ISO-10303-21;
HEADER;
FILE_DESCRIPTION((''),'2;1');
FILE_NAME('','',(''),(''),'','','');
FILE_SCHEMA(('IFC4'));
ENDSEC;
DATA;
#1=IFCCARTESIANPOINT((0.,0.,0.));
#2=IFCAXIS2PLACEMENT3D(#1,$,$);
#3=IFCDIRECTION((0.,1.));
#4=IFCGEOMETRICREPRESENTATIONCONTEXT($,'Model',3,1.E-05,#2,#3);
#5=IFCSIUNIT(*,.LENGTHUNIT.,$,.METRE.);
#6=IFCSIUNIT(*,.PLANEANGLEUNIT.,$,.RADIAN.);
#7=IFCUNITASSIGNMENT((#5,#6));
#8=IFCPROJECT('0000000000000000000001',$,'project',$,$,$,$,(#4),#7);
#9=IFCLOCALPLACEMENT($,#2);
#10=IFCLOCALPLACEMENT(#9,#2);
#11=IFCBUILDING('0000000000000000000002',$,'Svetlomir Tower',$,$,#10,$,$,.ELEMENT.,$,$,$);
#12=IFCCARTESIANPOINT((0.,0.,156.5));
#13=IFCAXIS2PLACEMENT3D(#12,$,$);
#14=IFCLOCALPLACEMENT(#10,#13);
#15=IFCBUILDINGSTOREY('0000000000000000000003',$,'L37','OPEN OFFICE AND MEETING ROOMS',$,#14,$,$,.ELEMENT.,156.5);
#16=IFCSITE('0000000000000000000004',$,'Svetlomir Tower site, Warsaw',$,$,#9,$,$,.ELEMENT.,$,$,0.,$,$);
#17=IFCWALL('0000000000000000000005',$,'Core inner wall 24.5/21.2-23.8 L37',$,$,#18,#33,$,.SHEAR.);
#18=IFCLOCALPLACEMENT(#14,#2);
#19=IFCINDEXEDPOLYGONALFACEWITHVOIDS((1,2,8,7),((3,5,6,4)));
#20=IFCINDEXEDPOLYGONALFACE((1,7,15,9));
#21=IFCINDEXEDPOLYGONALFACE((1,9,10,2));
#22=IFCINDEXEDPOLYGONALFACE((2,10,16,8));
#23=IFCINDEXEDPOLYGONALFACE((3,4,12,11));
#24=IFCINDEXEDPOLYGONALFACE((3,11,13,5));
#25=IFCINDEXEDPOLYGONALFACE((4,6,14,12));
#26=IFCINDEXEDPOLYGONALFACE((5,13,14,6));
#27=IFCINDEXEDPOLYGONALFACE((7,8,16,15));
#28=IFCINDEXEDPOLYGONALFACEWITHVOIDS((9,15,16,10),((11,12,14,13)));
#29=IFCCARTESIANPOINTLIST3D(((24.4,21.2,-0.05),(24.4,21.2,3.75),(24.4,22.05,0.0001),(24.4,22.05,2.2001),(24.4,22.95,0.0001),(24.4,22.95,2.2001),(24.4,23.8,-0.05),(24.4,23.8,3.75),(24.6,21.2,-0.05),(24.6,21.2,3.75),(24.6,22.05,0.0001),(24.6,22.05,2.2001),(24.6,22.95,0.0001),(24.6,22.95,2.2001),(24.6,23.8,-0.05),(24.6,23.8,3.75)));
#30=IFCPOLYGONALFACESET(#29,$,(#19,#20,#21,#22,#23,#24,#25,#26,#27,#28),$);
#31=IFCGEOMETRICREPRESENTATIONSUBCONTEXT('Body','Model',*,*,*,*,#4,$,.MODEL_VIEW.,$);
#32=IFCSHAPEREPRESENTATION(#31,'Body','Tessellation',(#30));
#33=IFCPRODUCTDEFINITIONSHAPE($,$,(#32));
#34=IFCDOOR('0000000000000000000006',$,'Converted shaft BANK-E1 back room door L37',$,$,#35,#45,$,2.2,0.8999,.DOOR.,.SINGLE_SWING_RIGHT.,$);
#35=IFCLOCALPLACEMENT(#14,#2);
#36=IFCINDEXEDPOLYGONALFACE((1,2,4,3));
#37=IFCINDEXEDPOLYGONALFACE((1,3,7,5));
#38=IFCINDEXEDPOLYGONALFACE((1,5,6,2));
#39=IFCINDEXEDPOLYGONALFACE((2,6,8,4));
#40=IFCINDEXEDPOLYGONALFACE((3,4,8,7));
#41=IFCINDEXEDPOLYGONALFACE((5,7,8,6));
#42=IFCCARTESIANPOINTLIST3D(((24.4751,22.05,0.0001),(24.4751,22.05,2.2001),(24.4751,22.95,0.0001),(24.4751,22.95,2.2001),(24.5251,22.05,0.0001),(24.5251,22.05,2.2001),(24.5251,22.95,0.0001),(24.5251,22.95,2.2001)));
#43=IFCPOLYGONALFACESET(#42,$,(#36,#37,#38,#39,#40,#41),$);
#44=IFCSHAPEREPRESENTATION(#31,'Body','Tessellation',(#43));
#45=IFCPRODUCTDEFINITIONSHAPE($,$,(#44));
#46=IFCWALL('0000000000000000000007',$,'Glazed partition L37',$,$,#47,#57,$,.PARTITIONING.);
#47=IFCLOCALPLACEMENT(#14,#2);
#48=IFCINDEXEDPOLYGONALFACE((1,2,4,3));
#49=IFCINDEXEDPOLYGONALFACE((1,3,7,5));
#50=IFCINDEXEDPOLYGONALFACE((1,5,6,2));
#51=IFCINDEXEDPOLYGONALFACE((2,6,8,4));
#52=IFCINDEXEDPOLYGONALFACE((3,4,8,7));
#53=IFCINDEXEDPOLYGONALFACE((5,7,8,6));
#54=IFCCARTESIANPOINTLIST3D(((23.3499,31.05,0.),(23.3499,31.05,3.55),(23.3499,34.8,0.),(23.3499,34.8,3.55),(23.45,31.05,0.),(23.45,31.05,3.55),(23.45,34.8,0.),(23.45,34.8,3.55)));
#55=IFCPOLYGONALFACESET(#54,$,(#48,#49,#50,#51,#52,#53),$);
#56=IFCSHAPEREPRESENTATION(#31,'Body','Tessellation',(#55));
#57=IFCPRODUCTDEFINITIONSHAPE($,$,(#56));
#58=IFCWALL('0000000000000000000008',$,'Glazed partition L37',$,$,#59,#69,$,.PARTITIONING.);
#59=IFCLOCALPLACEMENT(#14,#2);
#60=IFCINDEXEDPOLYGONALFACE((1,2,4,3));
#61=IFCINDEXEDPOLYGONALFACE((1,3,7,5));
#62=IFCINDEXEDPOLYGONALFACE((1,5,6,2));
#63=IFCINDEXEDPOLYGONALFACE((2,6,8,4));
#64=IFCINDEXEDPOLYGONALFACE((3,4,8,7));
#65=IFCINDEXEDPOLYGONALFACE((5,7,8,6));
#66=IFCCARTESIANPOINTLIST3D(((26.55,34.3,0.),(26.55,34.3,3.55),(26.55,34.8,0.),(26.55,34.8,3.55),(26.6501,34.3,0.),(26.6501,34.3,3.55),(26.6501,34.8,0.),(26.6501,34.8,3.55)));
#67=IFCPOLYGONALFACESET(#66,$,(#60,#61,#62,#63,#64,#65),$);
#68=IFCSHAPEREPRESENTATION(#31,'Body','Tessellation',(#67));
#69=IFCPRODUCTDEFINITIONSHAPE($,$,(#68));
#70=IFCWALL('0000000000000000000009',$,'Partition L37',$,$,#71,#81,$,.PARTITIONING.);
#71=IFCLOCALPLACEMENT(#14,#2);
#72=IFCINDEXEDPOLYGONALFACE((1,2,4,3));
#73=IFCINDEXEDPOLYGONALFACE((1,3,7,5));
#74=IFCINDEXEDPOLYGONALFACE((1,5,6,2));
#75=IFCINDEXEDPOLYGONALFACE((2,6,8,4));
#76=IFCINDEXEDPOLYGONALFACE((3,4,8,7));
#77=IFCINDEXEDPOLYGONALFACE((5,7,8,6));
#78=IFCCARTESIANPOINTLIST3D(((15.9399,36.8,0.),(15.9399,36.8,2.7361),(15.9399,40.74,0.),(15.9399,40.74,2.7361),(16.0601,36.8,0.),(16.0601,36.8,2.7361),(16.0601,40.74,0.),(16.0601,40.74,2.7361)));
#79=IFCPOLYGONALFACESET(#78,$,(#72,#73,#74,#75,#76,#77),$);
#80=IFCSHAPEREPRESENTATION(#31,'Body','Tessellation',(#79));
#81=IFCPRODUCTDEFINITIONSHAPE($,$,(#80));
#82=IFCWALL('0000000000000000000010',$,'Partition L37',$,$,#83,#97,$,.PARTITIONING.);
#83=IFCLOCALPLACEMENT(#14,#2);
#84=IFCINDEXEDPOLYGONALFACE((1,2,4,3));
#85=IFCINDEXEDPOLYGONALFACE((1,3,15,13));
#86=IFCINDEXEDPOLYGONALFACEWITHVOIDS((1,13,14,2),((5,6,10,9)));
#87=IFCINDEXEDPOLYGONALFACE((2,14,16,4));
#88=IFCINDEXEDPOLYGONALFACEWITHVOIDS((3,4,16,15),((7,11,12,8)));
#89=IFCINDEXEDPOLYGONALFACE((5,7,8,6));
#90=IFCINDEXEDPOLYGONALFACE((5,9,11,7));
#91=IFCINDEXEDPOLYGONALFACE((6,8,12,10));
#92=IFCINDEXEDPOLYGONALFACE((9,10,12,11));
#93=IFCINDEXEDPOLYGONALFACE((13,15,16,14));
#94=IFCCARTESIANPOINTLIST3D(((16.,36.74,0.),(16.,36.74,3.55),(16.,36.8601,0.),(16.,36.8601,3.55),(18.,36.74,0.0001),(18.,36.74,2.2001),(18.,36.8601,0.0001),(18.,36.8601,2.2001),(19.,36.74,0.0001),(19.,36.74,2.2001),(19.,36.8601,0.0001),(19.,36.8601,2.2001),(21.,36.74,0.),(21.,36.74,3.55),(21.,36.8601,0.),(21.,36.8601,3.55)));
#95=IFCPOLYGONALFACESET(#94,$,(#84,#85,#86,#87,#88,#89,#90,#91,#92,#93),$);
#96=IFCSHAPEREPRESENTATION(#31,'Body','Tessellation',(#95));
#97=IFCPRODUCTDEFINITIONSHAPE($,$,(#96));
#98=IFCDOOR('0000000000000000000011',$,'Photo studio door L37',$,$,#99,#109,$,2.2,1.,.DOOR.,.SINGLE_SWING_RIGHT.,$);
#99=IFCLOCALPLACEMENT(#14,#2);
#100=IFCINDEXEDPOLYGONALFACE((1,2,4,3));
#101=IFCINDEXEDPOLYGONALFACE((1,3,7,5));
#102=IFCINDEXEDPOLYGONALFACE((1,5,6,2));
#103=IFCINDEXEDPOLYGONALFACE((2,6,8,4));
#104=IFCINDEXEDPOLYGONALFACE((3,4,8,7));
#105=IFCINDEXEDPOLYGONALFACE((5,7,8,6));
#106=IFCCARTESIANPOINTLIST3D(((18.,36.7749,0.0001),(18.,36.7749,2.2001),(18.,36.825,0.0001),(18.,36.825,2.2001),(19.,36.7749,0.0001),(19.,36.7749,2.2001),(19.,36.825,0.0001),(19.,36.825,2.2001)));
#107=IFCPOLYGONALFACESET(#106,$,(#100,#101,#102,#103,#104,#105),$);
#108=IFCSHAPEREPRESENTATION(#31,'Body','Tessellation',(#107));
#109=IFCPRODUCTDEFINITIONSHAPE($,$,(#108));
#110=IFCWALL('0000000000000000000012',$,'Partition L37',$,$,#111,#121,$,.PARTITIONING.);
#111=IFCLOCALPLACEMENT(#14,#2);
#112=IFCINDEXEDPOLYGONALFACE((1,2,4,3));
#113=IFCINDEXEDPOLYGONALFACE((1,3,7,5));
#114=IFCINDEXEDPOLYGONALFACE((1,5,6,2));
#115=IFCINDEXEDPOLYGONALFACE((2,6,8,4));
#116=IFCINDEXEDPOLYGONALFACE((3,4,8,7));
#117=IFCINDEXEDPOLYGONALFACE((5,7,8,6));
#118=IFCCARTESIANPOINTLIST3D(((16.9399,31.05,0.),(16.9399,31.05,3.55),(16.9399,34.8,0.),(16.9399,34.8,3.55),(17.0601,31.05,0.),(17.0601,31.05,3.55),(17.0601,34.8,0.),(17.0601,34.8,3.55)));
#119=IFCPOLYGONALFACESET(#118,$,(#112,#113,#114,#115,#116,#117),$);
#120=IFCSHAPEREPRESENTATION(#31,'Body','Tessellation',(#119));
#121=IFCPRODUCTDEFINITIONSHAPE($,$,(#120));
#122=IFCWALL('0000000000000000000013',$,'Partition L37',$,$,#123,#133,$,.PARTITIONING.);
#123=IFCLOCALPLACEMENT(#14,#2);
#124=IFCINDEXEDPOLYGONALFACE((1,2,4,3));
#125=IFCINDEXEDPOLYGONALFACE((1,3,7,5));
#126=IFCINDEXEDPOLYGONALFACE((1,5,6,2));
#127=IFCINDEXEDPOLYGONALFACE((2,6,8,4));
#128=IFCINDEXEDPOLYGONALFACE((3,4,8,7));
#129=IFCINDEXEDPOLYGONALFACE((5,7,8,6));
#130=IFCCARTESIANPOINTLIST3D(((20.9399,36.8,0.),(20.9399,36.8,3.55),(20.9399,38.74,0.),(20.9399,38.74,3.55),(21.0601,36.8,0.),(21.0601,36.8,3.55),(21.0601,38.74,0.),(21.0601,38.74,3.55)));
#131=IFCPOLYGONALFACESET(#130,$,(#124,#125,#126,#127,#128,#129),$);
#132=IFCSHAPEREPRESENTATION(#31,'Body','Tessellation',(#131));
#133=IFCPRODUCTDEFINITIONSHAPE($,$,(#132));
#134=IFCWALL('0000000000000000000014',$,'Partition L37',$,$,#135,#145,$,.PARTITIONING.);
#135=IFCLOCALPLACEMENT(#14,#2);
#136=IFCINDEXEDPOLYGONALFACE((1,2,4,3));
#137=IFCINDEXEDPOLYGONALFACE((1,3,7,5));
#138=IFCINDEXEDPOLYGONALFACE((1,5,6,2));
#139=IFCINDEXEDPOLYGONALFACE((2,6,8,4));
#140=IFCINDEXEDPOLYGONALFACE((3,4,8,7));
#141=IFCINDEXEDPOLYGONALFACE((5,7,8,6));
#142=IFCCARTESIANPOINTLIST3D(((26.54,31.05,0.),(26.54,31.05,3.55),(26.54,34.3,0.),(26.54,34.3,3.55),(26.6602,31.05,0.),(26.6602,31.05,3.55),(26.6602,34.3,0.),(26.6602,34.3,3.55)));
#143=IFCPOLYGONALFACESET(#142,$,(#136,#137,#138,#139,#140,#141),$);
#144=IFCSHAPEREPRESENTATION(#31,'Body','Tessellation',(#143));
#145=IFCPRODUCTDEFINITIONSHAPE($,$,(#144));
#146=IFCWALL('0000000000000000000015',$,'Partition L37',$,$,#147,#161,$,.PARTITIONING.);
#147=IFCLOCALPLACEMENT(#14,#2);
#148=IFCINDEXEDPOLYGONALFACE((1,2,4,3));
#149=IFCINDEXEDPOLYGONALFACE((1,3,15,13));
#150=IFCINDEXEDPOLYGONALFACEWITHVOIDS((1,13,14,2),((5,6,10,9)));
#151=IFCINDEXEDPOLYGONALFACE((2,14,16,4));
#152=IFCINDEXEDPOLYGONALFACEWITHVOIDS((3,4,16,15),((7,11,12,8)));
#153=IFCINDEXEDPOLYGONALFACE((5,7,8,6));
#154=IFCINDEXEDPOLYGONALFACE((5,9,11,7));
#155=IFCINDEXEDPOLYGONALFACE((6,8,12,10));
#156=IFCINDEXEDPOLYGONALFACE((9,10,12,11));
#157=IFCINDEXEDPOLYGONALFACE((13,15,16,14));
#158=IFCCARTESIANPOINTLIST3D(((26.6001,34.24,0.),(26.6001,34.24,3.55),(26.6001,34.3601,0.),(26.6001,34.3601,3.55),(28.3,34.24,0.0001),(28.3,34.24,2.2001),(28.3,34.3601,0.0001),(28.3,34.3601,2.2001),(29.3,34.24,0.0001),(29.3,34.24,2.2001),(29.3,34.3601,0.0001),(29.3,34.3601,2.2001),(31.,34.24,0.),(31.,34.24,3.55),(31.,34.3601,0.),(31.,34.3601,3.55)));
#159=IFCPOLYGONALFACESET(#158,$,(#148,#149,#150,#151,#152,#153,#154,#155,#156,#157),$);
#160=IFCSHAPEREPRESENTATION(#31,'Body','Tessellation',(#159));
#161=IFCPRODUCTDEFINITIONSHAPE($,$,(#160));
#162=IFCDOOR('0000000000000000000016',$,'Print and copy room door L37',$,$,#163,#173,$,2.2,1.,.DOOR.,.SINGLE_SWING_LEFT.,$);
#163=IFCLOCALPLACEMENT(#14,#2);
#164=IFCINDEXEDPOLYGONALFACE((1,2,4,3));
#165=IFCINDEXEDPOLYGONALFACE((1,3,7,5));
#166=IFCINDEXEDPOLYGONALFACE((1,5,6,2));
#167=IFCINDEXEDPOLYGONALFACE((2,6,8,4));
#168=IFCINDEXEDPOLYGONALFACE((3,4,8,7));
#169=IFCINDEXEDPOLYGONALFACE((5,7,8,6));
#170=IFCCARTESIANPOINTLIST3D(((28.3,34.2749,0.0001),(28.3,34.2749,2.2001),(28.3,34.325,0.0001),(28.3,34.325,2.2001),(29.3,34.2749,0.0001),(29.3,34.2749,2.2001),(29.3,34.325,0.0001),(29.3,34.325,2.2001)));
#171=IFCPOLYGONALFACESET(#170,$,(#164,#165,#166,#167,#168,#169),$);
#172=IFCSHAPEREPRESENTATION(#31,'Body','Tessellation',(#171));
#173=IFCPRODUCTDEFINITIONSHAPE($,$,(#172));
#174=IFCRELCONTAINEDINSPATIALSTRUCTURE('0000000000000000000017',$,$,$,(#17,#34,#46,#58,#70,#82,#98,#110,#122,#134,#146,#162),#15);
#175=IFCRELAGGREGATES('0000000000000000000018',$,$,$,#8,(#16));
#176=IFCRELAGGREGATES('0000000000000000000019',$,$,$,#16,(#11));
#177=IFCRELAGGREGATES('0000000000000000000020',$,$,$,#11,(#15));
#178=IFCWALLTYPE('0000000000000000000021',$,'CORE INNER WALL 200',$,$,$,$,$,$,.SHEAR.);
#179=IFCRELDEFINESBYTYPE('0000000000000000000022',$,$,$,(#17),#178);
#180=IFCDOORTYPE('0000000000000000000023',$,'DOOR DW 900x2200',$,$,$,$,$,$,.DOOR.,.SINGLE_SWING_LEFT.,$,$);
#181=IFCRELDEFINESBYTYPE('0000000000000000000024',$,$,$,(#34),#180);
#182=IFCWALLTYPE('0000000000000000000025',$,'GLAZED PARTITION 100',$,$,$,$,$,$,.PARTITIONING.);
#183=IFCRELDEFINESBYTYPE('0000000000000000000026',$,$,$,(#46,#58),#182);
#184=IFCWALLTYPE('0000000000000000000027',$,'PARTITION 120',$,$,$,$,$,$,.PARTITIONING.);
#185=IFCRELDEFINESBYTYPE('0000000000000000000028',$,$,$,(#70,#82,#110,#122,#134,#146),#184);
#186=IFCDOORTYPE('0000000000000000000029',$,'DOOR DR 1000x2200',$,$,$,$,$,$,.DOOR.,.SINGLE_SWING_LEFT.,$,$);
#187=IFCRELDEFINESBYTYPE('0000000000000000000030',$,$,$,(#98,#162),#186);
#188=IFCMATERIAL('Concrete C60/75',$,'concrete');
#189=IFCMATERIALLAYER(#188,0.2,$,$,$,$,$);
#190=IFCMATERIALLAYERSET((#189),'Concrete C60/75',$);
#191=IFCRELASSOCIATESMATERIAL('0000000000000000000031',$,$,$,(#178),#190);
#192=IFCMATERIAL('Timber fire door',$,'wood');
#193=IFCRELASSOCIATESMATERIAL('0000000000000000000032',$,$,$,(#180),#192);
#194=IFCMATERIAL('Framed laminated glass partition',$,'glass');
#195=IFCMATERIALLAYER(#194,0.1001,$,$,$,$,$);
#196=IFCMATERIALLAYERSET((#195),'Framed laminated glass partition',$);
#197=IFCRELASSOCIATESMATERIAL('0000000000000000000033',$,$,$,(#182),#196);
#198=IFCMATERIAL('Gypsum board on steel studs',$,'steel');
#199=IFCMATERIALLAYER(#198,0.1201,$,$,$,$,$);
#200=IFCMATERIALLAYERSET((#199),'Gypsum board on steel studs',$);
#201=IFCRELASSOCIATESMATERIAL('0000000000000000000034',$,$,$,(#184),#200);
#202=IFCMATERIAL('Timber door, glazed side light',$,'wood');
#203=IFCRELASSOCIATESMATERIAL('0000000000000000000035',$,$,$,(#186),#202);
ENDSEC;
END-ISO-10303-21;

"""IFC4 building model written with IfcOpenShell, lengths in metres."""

from ifc_helpers import new_model, si_unit, direction, frame, frame_2d, origin, place, context, subcontext, project, spatial, rectangle, extrude, material, layer, layer_set, type_object, element, fill, save


model = new_model("IFC4")

# Units and contexts
model_context = context("Model", 3, precision=1e-05, world=origin(), true_north=direction((0.0, 1.0)))
body_context = subcontext(model_context, "Body", "Model", "MODEL_VIEW")
ifc_project = project(units=[si_unit("LENGTHUNIT", "METRE"), si_unit("PLANEANGLEUNIT", "RADIAN")], contexts=[model_context])

# Site, building, storey
site_placement = place(None, origin())
site = spatial("IfcSite", under=ifc_project, at=site_placement, Name="Svetlomir Tower site, Warsaw", CompositionType="ELEMENT", RefElevation=0.0)
building_placement = place(site_placement, origin())
building = spatial("IfcBuilding", under=site, at=building_placement, Name="Svetlomir Tower", CompositionType="ELEMENT")
storey_placement = place(building_placement, frame((0.0, 0.0, 156.5)))
storey = spatial("IfcBuildingStorey", under=building, at=storey_placement, Name="L37", Description="OPEN OFFICE AND MEETING ROOMS", CompositionType="ELEMENT", Elevation=156.5)

# Shared definitions
ifc_material_1 = material(Name="Concrete C60/75", Category="concrete")
ifc_layer_1 = layer(ifc_material_1, 0.2)
ifc_layer_set_1 = layer_set([ifc_layer_1], Name="Concrete C60/75")
wall_type_1 = type_object("IfcWallType", Name="CORE INNER WALL 200", PredefinedType="SHEAR", material=ifc_layer_set_1)

# Wall, opening, door
wall_1_placement = place(storey_placement, frame((24.5, 21.2, -0.05), z_axis=(0.0, 0.0, 1.0), x_axis=(0.0, 1.0, 0.0)))
wall_1 = element("IfcWall", 1, at=wall_1_placement, inside=storey, type_object=wall_type_1, Name="Core inner wall 24.5/21.2-23.8 L37", PredefinedType="SHEAR", context=body_context, shape_type="SweptSolid", body=[
    extrude(rectangle(XDim=2.6001, YDim=0.2, at=frame_2d((1.3, 0.0))), origin(), (0.0, 0.0, 1.0), 3.8),
])
opening_1_placement = place(wall_1_placement, frame((0.8501, 0.0, 0.05)))
opening_1 = element("IfcOpeningElement", 2, at=opening_1_placement, cuts=wall_1, PredefinedType="OPENING", context=body_context, shape_type="SweptSolid", body=[
    extrude(rectangle(XDim=0.8999, YDim=2.2, at=frame_2d((0.45, 1.1001))), frame((0.0, 0.1099, 0.0), z_axis=(0.0, -1.0, 0.0), x_axis=(1.0, 0.0, 0.0)), (0.0, 0.0, 1.0), 0.22),
])
ifc_material_2 = material(Name="Timber fire door", Category="wood")
door_type_1 = type_object("IfcDoorType", Name="DOOR DW 900x2200", OperationType="SINGLE_SWING_LEFT", PredefinedType="DOOR", material=ifc_material_2)
door_1_placement = place(opening_1_placement, origin())
door_1 = element("IfcDoor", 3, at=door_1_placement, inside=storey, type_object=door_type_1, Name="Converted shaft BANK-E1 back room door L37", OperationType="SINGLE_SWING_RIGHT", OverallHeight=2.2, OverallWidth=0.8999, PredefinedType="DOOR", context=body_context, shape_type="SweptSolid", body=[
    extrude(rectangle(XDim=0.8999, YDim=2.2, at=frame_2d((0.45, 1.1001))), frame((0.0, 0.0249, 0.0), z_axis=(0.0, -1.0, 0.0), x_axis=(1.0, 0.0, 0.0)), (0.0, 0.0, 1.0), 0.05),
])
fill(opening_1, door_1)

# Wall
ifc_material_3 = material(Name="Framed laminated glass partition", Category="glass")
ifc_layer_2 = layer(ifc_material_3, 0.1001)
ifc_layer_set_2 = layer_set([ifc_layer_2], Name="Framed laminated glass partition")
wall_type_2 = type_object("IfcWallType", Name="GLAZED PARTITION 100", PredefinedType="PARTITIONING", material=ifc_layer_set_2)
wall_2_placement = place(storey_placement, frame((23.3999, 31.05, 0.0), z_axis=(0.0, 0.0, 1.0), x_axis=(0.0, 1.0, 0.0)))
element("IfcWall", 4, at=wall_2_placement, inside=storey, type_object=wall_type_2, Name="Glazed partition L37", PredefinedType="PARTITIONING", context=body_context, shape_type="SweptSolid", body=[
    extrude(rectangle(XDim=3.75, YDim=0.1001, at=frame_2d((1.875, 0.0))), origin(), (0.0, 0.0, 1.0), 3.55),
])

# Walls
wall_3_placement = place(storey_placement, frame((26.6001, 34.3, 0.0), z_axis=(0.0, 0.0, 1.0), x_axis=(0.0, 1.0, 0.0)))
element("IfcWall", 5, at=wall_3_placement, inside=storey, type_object=wall_type_2, Name="Glazed partition L37", PredefinedType="PARTITIONING", context=body_context, shape_type="SweptSolid", body=[
    extrude(rectangle(XDim=0.5, YDim=0.1001, at=frame_2d((0.25, 0.0))), origin(), (0.0, 0.0, 1.0), 3.55),
])
ifc_material_4 = material(Name="Gypsum board on steel studs", Category="steel")
ifc_layer_3 = layer(ifc_material_4, 0.1201)
ifc_layer_set_3 = layer_set([ifc_layer_3], Name="Gypsum board on steel studs")
wall_type_3 = type_object("IfcWallType", Name="PARTITION 120", PredefinedType="PARTITIONING", material=ifc_layer_set_3)
wall_4_placement = place(storey_placement, frame((16.0, 36.8, 0.0), z_axis=(0.0, 0.0, 1.0), x_axis=(0.0, 1.0, 0.0)))
element("IfcWall", 6, at=wall_4_placement, inside=storey, type_object=wall_type_3, Name="Partition L37", PredefinedType="PARTITIONING", context=body_context, shape_type="SweptSolid", body=[
    extrude(rectangle(XDim=3.9399, YDim=0.1201, at=frame_2d((1.97, 0.0))), origin(), (0.0, 0.0, 1.0), 2.7361),
])

# Wall, opening, door
wall_5_placement = place(storey_placement, frame((16.0, 36.8, 0.0), z_axis=(0.0, 0.0, 1.0), x_axis=(1.0, 0.0, 0.0)))
wall_5 = element("IfcWall", 7, at=wall_5_placement, inside=storey, type_object=wall_type_3, Name="Partition L37", PredefinedType="PARTITIONING", context=body_context, shape_type="SweptSolid", body=[
    extrude(rectangle(XDim=5.0, YDim=0.1201, at=frame_2d((2.5, 0.0))), origin(), (0.0, 0.0, 1.0), 3.55),
])
opening_2_placement = place(wall_5_placement, frame((2.0, 0.0, 0.0)))
opening_2 = element("IfcOpeningElement", 8, at=opening_2_placement, cuts=wall_5, PredefinedType="OPENING", context=body_context, shape_type="SweptSolid", body=[
    extrude(rectangle(XDim=1.0, YDim=2.2, at=frame_2d((0.5, 1.1001))), frame((0.0, 0.0701, 0.0), z_axis=(0.0, -1.0, 0.0), x_axis=(1.0, 0.0, 0.0)), (0.0, 0.0, 1.0), 0.1401),
])
ifc_material_5 = material(Name="Timber door, glazed side light", Category="wood")
door_type_2 = type_object("IfcDoorType", Name="DOOR DR 1000x2200", OperationType="SINGLE_SWING_LEFT", PredefinedType="DOOR", material=ifc_material_5)
door_2_placement = place(opening_2_placement, origin())
door_2 = element("IfcDoor", 9, at=door_2_placement, inside=storey, type_object=door_type_2, Name="Photo studio door L37", OperationType="SINGLE_SWING_RIGHT", OverallHeight=2.2, OverallWidth=1.0, PredefinedType="DOOR", context=body_context, shape_type="SweptSolid", body=[
    extrude(rectangle(XDim=1.0, YDim=2.2, at=frame_2d((0.5, 1.1001))), frame((0.0, 0.0249, 0.0), z_axis=(0.0, -1.0, 0.0), x_axis=(1.0, 0.0, 0.0)), (0.0, 0.0, 1.0), 0.05),
])
fill(opening_2, door_2)

# Walls
wall_6_placement = place(storey_placement, frame((17.0, 31.05, 0.0), z_axis=(0.0, 0.0, 1.0), x_axis=(0.0, 1.0, 0.0)))
element("IfcWall", 10, at=wall_6_placement, inside=storey, type_object=wall_type_3, Name="Partition L37", PredefinedType="PARTITIONING", context=body_context, shape_type="SweptSolid", body=[
    extrude(rectangle(XDim=3.75, YDim=0.1201, at=frame_2d((1.875, 0.0))), origin(), (0.0, 0.0, 1.0), 3.55),
])
wall_7_placement = place(storey_placement, frame((21.0, 36.8, 0.0), z_axis=(0.0, 0.0, 1.0), x_axis=(0.0, 1.0, 0.0)))
element("IfcWall", 11, at=wall_7_placement, inside=storey, type_object=wall_type_3, Name="Partition L37", PredefinedType="PARTITIONING", context=body_context, shape_type="SweptSolid", body=[
    extrude(rectangle(XDim=1.9399, YDim=0.1201, at=frame_2d((0.97, 0.0))), origin(), (0.0, 0.0, 1.0), 3.55),
])
wall_8_placement = place(storey_placement, frame((26.6001, 31.05, 0.0), z_axis=(0.0, 0.0, 1.0), x_axis=(0.0, 1.0, 0.0)))
element("IfcWall", 12, at=wall_8_placement, inside=storey, type_object=wall_type_3, Name="Partition L37", PredefinedType="PARTITIONING", context=body_context, shape_type="SweptSolid", body=[
    extrude(rectangle(XDim=3.25, YDim=0.1201, at=frame_2d((1.625, 0.0))), origin(), (0.0, 0.0, 1.0), 3.55),
])

# Wall, opening, door
wall_9_placement = place(storey_placement, frame((26.6001, 34.3, 0.0), z_axis=(0.0, 0.0, 1.0), x_axis=(1.0, 0.0, 0.0)))
wall_9 = element("IfcWall", 13, at=wall_9_placement, inside=storey, type_object=wall_type_3, Name="Partition L37", PredefinedType="PARTITIONING", context=body_context, shape_type="SweptSolid", body=[
    extrude(rectangle(XDim=4.3999, YDim=0.1201, at=frame_2d((2.2, 0.0))), origin(), (0.0, 0.0, 1.0), 3.55),
])
opening_3_placement = place(wall_9_placement, frame((1.7, 0.0, 0.0)))
opening_3 = element("IfcOpeningElement", 14, at=opening_3_placement, cuts=wall_9, PredefinedType="OPENING", context=body_context, shape_type="SweptSolid", body=[
    extrude(rectangle(XDim=1.0, YDim=2.2, at=frame_2d((0.5, 1.1001))), frame((0.0, 0.0701, 0.0), z_axis=(0.0, -1.0, 0.0), x_axis=(1.0, 0.0, 0.0)), (0.0, 0.0, 1.0), 0.1401),
])
door_3_placement = place(opening_3_placement, origin())
door_3 = element("IfcDoor", 15, at=door_3_placement, inside=storey, type_object=door_type_2, Name="Print and copy room door L37", OperationType="SINGLE_SWING_LEFT", OverallHeight=2.2, OverallWidth=1.0, PredefinedType="DOOR", context=body_context, shape_type="SweptSolid", body=[
    extrude(rectangle(XDim=1.0, YDim=2.2, at=frame_2d((0.5, 1.1001))), frame((0.0, 0.0249, 0.0), z_axis=(0.0, -1.0, 0.0), x_axis=(1.0, 0.0, 0.0)), (0.0, 0.0, 1.0), 0.05),
])
fill(opening_3, door_3)

save(model, "model.ifc")
